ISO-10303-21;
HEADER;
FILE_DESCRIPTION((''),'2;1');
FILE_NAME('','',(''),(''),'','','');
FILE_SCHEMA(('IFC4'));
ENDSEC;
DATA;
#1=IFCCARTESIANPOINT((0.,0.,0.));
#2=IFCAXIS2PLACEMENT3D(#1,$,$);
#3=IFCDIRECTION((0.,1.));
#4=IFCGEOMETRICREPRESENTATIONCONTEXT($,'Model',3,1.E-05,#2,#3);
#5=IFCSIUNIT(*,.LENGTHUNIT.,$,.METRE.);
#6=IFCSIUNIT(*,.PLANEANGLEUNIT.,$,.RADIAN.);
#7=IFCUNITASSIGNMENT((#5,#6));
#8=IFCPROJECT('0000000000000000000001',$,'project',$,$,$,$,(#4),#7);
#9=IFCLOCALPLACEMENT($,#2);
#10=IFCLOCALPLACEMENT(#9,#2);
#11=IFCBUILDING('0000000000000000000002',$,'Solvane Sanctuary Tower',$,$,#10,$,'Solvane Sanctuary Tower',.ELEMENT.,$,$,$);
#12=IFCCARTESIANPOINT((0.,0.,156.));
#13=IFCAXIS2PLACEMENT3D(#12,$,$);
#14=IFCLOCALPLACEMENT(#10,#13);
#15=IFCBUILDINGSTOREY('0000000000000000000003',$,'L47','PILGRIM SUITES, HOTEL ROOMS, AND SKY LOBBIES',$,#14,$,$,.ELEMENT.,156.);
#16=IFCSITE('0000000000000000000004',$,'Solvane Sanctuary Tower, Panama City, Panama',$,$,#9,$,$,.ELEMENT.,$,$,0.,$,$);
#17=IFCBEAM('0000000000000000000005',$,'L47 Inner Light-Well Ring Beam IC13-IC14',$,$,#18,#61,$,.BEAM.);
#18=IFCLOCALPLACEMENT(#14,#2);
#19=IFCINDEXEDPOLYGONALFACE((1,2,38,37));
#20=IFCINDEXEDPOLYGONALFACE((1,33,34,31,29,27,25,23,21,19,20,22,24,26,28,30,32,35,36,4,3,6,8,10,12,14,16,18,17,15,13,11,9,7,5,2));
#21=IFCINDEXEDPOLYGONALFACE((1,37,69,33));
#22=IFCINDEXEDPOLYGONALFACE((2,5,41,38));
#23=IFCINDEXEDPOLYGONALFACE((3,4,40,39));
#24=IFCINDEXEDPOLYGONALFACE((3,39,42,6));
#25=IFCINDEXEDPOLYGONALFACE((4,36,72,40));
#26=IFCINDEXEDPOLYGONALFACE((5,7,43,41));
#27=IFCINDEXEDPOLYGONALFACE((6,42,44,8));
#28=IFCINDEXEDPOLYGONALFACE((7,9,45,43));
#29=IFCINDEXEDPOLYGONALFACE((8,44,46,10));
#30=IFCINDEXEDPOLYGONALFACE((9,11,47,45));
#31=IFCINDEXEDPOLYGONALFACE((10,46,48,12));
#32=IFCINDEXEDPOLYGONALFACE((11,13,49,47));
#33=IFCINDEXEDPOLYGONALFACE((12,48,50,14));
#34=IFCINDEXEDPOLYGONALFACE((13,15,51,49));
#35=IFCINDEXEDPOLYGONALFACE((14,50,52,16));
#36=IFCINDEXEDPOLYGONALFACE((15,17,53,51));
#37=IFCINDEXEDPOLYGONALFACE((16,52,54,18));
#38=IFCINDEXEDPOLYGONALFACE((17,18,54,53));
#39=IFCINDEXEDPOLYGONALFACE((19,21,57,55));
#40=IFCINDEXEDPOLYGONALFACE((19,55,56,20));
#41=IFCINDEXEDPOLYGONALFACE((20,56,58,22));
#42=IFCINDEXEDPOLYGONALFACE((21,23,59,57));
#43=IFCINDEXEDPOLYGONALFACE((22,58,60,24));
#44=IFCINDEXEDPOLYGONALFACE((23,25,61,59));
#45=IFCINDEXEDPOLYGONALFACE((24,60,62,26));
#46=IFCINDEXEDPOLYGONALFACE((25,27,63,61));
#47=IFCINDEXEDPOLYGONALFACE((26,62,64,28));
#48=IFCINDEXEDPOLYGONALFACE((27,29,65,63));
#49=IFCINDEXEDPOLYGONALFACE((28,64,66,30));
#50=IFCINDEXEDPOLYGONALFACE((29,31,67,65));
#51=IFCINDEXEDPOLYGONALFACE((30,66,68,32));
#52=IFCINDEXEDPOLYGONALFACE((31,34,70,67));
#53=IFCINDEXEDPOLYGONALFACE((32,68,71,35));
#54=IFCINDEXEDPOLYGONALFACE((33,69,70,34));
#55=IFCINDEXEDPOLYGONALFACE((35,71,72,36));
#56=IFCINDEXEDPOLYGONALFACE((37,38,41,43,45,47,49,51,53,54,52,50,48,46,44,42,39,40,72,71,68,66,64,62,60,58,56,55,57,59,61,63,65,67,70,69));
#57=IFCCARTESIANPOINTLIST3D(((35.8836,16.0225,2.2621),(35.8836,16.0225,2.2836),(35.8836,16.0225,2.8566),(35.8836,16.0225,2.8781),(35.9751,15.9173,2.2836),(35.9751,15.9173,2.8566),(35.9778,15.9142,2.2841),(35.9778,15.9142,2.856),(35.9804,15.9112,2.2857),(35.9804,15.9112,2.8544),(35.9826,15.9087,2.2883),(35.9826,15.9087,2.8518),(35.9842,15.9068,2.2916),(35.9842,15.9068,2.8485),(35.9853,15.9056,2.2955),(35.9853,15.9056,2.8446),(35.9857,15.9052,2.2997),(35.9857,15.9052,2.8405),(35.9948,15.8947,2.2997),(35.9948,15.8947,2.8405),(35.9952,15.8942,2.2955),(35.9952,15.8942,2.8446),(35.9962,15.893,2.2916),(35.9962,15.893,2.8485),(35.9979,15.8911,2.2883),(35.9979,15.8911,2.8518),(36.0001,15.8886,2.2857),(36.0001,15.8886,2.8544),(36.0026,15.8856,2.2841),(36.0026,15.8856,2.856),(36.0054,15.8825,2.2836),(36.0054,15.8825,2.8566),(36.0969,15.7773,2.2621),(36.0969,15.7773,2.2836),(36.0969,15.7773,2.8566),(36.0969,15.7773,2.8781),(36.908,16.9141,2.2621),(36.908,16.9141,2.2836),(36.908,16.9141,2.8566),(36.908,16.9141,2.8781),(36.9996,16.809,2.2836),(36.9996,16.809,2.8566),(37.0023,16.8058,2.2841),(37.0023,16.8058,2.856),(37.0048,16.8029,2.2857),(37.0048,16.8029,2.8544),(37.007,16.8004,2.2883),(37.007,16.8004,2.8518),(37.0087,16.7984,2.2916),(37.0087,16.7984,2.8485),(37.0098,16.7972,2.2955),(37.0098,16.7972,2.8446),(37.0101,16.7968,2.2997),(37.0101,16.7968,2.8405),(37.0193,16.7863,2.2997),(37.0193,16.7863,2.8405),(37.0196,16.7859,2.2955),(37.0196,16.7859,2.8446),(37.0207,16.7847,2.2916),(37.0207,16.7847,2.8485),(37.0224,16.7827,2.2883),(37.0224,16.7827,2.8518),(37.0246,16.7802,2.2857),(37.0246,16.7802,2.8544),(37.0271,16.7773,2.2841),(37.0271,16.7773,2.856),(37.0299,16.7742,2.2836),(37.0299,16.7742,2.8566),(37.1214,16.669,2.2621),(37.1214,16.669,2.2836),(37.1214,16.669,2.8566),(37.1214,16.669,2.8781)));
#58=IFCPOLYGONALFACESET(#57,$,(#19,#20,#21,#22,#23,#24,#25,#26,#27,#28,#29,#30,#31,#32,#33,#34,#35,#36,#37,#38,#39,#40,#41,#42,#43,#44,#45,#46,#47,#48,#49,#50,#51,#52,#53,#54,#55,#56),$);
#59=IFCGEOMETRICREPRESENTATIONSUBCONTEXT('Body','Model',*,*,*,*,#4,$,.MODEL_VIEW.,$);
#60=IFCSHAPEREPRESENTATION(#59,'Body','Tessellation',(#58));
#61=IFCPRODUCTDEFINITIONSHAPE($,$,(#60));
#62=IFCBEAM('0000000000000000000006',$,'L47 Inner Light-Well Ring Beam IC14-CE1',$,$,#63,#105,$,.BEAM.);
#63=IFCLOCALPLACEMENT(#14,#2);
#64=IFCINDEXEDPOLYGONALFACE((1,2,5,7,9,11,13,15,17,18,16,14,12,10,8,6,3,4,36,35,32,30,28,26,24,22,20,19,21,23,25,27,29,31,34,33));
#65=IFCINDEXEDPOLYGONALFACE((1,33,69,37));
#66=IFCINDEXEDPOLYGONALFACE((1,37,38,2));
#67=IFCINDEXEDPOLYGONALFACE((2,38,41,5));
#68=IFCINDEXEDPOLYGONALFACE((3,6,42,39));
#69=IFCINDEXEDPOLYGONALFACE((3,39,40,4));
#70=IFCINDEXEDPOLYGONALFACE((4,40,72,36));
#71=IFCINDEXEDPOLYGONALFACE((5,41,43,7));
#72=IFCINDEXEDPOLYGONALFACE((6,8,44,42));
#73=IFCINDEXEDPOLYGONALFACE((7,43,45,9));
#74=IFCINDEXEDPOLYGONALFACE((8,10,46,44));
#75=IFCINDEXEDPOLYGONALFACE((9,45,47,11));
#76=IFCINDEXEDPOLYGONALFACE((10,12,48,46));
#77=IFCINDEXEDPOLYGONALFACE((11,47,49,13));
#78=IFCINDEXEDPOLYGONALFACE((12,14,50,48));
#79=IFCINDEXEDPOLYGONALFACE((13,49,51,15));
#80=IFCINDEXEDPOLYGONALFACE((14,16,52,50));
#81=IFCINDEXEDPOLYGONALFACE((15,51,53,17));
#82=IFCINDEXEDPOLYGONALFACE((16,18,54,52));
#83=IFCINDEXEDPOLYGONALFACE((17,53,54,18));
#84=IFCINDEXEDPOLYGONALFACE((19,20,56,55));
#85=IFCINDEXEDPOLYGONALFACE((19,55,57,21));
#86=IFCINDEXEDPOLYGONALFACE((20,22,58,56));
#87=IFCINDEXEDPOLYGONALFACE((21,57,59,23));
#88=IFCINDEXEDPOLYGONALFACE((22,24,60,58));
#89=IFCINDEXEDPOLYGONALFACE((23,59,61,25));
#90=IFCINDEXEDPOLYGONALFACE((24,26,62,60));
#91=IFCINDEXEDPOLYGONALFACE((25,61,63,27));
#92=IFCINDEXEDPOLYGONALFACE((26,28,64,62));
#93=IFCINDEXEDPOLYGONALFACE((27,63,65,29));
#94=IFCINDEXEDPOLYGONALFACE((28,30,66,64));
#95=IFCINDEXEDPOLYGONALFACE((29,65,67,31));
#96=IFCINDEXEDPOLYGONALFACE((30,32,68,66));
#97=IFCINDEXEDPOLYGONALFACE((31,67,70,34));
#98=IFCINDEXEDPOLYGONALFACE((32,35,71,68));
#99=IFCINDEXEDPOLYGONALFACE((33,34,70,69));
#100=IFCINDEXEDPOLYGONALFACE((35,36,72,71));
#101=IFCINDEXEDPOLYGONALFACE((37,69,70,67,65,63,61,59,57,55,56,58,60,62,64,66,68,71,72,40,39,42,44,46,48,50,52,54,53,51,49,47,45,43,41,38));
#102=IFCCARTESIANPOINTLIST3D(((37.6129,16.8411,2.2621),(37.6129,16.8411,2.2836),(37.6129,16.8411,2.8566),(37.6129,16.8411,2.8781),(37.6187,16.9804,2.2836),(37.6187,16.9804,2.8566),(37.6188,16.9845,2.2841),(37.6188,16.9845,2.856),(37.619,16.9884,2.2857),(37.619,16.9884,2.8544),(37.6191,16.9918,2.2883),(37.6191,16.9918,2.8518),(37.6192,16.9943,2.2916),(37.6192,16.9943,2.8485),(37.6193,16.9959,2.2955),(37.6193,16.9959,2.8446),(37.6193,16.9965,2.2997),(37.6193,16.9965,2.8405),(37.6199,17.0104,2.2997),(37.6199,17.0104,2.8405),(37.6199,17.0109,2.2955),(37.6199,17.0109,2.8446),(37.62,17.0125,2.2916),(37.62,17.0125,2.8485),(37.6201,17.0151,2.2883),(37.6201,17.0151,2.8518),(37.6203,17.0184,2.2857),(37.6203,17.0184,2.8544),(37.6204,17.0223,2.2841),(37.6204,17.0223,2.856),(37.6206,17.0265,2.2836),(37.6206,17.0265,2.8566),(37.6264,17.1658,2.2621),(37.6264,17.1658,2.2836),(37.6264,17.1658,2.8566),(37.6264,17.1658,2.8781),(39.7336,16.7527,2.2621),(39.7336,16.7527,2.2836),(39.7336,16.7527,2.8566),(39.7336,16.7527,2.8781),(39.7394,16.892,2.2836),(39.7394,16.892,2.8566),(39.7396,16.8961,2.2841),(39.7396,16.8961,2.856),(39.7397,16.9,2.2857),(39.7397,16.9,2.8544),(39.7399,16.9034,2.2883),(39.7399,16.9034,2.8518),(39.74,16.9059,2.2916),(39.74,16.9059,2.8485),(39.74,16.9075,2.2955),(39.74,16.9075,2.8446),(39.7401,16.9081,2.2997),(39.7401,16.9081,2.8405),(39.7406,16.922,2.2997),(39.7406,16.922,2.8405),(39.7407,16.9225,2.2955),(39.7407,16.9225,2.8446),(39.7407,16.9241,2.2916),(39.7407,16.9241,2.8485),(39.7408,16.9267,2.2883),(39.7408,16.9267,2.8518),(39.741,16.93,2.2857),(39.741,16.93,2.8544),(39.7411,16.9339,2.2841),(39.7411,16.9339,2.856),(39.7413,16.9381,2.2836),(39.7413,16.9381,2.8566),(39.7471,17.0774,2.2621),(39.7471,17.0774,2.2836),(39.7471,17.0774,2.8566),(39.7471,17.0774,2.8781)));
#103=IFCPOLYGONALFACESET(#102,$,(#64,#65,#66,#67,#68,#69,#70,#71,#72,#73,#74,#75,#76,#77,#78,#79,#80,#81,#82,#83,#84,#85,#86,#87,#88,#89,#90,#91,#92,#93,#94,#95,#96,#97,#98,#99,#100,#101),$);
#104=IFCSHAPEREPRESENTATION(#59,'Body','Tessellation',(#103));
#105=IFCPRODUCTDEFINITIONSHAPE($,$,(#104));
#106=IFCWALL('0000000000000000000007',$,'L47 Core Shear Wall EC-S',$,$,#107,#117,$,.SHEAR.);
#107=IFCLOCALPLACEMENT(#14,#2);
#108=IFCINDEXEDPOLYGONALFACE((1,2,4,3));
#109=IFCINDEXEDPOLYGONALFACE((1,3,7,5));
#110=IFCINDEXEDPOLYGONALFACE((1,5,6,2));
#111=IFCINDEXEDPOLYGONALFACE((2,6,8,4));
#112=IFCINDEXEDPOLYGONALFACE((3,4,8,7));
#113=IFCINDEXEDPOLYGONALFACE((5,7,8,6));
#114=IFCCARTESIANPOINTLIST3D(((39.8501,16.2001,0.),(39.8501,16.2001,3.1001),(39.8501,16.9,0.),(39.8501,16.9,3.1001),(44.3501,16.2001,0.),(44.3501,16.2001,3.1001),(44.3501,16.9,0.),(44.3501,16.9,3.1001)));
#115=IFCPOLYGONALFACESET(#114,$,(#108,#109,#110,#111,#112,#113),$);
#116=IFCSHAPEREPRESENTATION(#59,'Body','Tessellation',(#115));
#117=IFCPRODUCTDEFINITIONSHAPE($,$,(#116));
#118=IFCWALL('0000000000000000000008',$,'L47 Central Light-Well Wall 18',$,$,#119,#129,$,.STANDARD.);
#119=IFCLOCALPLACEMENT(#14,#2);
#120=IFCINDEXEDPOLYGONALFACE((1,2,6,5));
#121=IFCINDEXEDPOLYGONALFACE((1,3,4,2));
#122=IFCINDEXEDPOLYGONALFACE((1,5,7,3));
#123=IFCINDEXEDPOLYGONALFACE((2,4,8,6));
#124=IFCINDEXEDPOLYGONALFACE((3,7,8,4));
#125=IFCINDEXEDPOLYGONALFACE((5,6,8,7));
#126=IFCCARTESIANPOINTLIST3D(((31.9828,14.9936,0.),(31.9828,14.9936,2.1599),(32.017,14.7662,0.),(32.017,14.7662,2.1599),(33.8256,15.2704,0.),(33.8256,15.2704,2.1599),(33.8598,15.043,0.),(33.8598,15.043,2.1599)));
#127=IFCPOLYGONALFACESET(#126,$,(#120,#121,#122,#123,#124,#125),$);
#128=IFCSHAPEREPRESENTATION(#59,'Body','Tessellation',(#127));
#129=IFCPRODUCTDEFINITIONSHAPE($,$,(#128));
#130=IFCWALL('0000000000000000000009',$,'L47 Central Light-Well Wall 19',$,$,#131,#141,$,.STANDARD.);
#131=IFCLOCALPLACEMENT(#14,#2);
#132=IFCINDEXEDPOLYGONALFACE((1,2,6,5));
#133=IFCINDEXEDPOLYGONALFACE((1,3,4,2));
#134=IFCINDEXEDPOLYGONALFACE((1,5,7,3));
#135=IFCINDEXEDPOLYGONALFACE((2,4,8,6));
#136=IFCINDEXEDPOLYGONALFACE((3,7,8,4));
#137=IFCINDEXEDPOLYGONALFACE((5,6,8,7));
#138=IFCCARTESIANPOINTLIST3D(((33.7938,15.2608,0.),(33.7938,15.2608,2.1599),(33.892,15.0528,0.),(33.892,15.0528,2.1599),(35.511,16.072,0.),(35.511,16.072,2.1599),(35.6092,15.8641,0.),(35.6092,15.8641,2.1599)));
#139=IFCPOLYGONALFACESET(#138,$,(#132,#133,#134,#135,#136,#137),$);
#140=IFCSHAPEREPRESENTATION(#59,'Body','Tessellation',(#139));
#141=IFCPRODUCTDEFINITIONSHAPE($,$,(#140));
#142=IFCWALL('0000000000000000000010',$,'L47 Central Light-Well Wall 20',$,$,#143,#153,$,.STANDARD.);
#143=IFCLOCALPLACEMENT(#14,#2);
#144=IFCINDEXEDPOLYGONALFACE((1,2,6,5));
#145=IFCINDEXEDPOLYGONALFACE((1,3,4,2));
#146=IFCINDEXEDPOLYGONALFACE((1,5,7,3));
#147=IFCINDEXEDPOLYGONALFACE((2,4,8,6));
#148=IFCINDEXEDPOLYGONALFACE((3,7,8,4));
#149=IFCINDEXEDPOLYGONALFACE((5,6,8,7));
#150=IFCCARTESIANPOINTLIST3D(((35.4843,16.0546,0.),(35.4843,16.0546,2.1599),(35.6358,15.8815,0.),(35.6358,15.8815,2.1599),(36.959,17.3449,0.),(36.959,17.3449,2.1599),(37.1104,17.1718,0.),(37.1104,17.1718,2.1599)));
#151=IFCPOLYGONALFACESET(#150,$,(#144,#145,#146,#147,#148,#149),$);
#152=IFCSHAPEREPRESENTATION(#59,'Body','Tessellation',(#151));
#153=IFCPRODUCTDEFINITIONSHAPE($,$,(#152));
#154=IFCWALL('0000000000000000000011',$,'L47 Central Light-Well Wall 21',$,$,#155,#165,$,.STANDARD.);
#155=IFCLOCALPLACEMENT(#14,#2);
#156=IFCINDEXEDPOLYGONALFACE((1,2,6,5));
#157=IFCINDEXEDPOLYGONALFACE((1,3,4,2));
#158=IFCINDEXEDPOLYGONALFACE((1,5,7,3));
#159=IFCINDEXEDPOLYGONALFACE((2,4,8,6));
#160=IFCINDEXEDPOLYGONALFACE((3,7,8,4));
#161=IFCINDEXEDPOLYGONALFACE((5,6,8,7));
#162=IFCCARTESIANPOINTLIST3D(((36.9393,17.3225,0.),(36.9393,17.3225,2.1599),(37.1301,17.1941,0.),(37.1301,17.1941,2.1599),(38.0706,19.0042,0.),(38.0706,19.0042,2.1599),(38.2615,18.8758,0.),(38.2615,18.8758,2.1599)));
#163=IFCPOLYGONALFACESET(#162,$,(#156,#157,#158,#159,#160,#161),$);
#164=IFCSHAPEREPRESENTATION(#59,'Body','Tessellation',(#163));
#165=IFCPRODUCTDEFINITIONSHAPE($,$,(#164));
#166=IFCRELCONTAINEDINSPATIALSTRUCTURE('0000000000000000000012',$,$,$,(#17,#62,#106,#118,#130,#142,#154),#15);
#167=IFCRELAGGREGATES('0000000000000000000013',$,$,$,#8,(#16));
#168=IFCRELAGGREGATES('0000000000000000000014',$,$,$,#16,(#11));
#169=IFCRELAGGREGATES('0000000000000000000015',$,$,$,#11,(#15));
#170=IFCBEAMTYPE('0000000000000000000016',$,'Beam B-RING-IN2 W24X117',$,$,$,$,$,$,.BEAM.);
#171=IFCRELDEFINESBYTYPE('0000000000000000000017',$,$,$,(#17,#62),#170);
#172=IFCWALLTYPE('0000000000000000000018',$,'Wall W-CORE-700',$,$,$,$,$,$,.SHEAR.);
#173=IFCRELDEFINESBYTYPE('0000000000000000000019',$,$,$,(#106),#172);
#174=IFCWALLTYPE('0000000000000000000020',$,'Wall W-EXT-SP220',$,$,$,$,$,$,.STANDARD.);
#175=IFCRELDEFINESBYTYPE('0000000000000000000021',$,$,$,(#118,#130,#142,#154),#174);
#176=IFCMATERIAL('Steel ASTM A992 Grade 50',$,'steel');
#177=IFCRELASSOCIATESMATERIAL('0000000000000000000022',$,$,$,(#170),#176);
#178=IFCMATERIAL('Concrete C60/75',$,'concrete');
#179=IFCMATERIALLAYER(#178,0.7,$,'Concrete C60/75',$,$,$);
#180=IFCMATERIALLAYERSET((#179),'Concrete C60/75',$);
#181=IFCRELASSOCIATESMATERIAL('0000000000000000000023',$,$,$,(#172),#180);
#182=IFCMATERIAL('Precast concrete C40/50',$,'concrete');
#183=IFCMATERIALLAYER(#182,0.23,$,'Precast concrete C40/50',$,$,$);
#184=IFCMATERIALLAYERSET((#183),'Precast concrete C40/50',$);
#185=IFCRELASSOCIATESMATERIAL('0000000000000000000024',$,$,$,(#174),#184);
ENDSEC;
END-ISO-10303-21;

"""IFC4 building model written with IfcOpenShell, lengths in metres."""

from ifc_helpers import new_model, si_unit, direction, frame, frame_2d, origin, origin_2d, place, context, subcontext, project, spatial, rectangle, i_section, extrude, material, layer, layer_set, material_profile, profile_set, type_object, element, save


model = new_model("IFC4")

# Units and contexts
model_context = context("Model", 3, precision=1e-05, world=origin(), true_north=direction((0.0, 1.0)))
body_context = subcontext(model_context, "Body", "Model", "MODEL_VIEW")
ifc_project = project(units=[si_unit("LENGTHUNIT", "METRE"), si_unit("PLANEANGLEUNIT", "RADIAN")], contexts=[model_context])

# Site, building, storey
site_placement = place(None, origin())
site = spatial("IfcSite", under=ifc_project, at=site_placement, Name="Solvane Sanctuary Tower, Panama City, Panama", CompositionType="ELEMENT", RefElevation=0.0)
building_placement = place(site_placement, origin())
building = spatial("IfcBuilding", under=site, at=building_placement, Name="Solvane Sanctuary Tower", LongName="Solvane Sanctuary Tower", CompositionType="ELEMENT")
storey_placement = place(building_placement, frame((0.0, 0.0, 156.0)))
storey = spatial("IfcBuildingStorey", under=building, at=storey_placement, Name="L47", Description="PILGRIM SUITES, HOTEL ROOMS, AND SKY LOBBIES", CompositionType="ELEMENT", Elevation=156.0)

# Beams
ifc_material_1 = material(Name="Steel ASTM A992 Grade 50", Category="steel")
ifc_material_profile_1 = material_profile(ifc_material_1, i_section(OverallWidth=0.325, OverallDepth=0.616, WebThickness=0.0139, FlangeThickness=0.0215, FilletRadius=0.0161, at=origin_2d()), Name="W24X117")
ifc_profile_set_1 = profile_set([ifc_material_profile_1], Name="Steel ASTM A992 Grade 50")
beam_type_1 = type_object("IfcBeamType", Name="Beam B-RING-IN2 W24X117", PredefinedType="BEAM", material=ifc_profile_set_1)
beam_1_placement = place(storey_placement, frame((35.9902, 15.8999, 2.5701), z_axis=(0.754311, 0.656517, 0.0), x_axis=(-0.656517, 0.754311, 0.0)))
element("IfcBeam", 1, at=beam_1_placement, inside=storey, type_object=beam_type_1, Name="L47 Inner Light-Well Ring Beam IC13-IC14", PredefinedType="BEAM", context=body_context, shape_type="SweptSolid", body=[
    extrude(i_section(OverallWidth=0.325, OverallDepth=0.616, WebThickness=0.0139, FlangeThickness=0.0215, FilletRadius=0.0161, at=origin_2d()), origin(), (0.0, 0.0, 1.0), 1.3582),
])
beam_2_placement = place(storey_placement, frame((37.6196, 17.0034, 2.5701), z_axis=(0.999133, -0.04164, 0.0), x_axis=(0.04164, 0.999133, 0.0)))
element("IfcBeam", 2, at=beam_2_placement, inside=storey, type_object=beam_type_1, Name="L47 Inner Light-Well Ring Beam IC14-CE1", PredefinedType="BEAM", context=body_context, shape_type="SweptSolid", body=[
    extrude(i_section(OverallWidth=0.325, OverallDepth=0.616, WebThickness=0.0139, FlangeThickness=0.0215, FilletRadius=0.0161, at=origin_2d()), origin(), (0.0, 0.0, 1.0), 2.1226),
])

# Walls
ifc_material_2 = material(Name="Concrete C60/75", Category="concrete")
ifc_layer_1 = layer(ifc_material_2, 0.7, Name="Concrete C60/75")
ifc_layer_set_1 = layer_set([ifc_layer_1], Name="Concrete C60/75")
wall_type_1 = type_object("IfcWallType", Name="Wall W-CORE-700", PredefinedType="SHEAR", material=ifc_layer_set_1)
wall_1_placement = place(storey_placement, frame((39.8501, 16.55, 0.0), z_axis=(0.0, 0.0, 1.0), x_axis=(1.0, 0.0, 0.0)))
element("IfcWall", 3, at=wall_1_placement, inside=storey, type_object=wall_type_1, Name="L47 Core Shear Wall EC-S", PredefinedType="SHEAR", context=body_context, shape_type="SweptSolid", body=[
    extrude(rectangle(XDim=4.5, YDim=0.7, at=frame_2d((2.25, 0.0))), origin(), (0.0, 0.0, 1.0), 3.1001),
])
ifc_material_3 = material(Name="Precast concrete C40/50", Category="concrete")
ifc_layer_2 = layer(ifc_material_3, 0.23, Name="Precast concrete C40/50")
ifc_layer_set_2 = layer_set([ifc_layer_2], Name="Precast concrete C40/50")
wall_type_2 = type_object("IfcWallType", Name="Wall W-EXT-SP220", PredefinedType="STANDARD", material=ifc_layer_set_2)
wall_2_placement = place(storey_placement, frame((32.0, 14.8799, 0.0), z_axis=(0.0, 0.0, 1.0), x_axis=(0.988902, 0.148571, 0.0)))
element("IfcWall", 4, at=wall_2_placement, inside=storey, type_object=wall_type_2, Name="L47 Central Light-Well Wall 18", PredefinedType="STANDARD", context=body_context, shape_type="SweptSolid", body=[
    extrude(rectangle(XDim=1.8635, YDim=0.23, at=frame_2d((0.9316, 0.0))), origin(), (0.0, 0.0, 1.0), 2.1599),
])
wall_3_placement = place(storey_placement, frame((33.8428, 15.1567, 0.0), z_axis=(0.0, 0.0, 1.0), x_axis=(0.90418, 0.427152, 0.0)))
element("IfcWall", 5, at=wall_3_placement, inside=storey, type_object=wall_type_2, Name="L47 Central Light-Well Wall 19", PredefinedType="STANDARD", context=body_context, shape_type="SweptSolid", body=[
    extrude(rectangle(XDim=1.8992, YDim=0.23, at=frame_2d((0.9497, 0.0))), origin(), (0.0, 0.0, 1.0), 2.1599),
])
wall_4_placement = place(storey_placement, frame((35.5601, 15.968, 0.0), z_axis=(0.0, 0.0, 1.0), x_axis=(0.752577, 0.658505, 0.0)))
element("IfcWall", 6, at=wall_4_placement, inside=storey, type_object=wall_type_2, Name="L47 Central Light-Well Wall 20", PredefinedType="STANDARD", context=body_context, shape_type="SweptSolid", body=[
    extrude(rectangle(XDim=1.9595, YDim=0.23, at=frame_2d((0.9797, 0.0))), origin(), (0.0, 0.0, 1.0), 2.1599),
])
wall_5_placement = place(storey_placement, frame((37.0347, 17.2583, 0.0), z_axis=(0.0, 0.0, 1.0), x_axis=(0.558198, 0.829708, 0.0)))
element("IfcWall", 7, at=wall_5_placement, inside=storey, type_object=wall_type_2, Name="L47 Central Light-Well Wall 21", PredefinedType="STANDARD", context=body_context, shape_type="SweptSolid", body=[
    extrude(rectangle(XDim=2.0269, YDim=0.23, at=frame_2d((1.0134, 0.0))), origin(), (0.0, 0.0, 1.0), 2.1599),
])

save(model, "model.ifc")
